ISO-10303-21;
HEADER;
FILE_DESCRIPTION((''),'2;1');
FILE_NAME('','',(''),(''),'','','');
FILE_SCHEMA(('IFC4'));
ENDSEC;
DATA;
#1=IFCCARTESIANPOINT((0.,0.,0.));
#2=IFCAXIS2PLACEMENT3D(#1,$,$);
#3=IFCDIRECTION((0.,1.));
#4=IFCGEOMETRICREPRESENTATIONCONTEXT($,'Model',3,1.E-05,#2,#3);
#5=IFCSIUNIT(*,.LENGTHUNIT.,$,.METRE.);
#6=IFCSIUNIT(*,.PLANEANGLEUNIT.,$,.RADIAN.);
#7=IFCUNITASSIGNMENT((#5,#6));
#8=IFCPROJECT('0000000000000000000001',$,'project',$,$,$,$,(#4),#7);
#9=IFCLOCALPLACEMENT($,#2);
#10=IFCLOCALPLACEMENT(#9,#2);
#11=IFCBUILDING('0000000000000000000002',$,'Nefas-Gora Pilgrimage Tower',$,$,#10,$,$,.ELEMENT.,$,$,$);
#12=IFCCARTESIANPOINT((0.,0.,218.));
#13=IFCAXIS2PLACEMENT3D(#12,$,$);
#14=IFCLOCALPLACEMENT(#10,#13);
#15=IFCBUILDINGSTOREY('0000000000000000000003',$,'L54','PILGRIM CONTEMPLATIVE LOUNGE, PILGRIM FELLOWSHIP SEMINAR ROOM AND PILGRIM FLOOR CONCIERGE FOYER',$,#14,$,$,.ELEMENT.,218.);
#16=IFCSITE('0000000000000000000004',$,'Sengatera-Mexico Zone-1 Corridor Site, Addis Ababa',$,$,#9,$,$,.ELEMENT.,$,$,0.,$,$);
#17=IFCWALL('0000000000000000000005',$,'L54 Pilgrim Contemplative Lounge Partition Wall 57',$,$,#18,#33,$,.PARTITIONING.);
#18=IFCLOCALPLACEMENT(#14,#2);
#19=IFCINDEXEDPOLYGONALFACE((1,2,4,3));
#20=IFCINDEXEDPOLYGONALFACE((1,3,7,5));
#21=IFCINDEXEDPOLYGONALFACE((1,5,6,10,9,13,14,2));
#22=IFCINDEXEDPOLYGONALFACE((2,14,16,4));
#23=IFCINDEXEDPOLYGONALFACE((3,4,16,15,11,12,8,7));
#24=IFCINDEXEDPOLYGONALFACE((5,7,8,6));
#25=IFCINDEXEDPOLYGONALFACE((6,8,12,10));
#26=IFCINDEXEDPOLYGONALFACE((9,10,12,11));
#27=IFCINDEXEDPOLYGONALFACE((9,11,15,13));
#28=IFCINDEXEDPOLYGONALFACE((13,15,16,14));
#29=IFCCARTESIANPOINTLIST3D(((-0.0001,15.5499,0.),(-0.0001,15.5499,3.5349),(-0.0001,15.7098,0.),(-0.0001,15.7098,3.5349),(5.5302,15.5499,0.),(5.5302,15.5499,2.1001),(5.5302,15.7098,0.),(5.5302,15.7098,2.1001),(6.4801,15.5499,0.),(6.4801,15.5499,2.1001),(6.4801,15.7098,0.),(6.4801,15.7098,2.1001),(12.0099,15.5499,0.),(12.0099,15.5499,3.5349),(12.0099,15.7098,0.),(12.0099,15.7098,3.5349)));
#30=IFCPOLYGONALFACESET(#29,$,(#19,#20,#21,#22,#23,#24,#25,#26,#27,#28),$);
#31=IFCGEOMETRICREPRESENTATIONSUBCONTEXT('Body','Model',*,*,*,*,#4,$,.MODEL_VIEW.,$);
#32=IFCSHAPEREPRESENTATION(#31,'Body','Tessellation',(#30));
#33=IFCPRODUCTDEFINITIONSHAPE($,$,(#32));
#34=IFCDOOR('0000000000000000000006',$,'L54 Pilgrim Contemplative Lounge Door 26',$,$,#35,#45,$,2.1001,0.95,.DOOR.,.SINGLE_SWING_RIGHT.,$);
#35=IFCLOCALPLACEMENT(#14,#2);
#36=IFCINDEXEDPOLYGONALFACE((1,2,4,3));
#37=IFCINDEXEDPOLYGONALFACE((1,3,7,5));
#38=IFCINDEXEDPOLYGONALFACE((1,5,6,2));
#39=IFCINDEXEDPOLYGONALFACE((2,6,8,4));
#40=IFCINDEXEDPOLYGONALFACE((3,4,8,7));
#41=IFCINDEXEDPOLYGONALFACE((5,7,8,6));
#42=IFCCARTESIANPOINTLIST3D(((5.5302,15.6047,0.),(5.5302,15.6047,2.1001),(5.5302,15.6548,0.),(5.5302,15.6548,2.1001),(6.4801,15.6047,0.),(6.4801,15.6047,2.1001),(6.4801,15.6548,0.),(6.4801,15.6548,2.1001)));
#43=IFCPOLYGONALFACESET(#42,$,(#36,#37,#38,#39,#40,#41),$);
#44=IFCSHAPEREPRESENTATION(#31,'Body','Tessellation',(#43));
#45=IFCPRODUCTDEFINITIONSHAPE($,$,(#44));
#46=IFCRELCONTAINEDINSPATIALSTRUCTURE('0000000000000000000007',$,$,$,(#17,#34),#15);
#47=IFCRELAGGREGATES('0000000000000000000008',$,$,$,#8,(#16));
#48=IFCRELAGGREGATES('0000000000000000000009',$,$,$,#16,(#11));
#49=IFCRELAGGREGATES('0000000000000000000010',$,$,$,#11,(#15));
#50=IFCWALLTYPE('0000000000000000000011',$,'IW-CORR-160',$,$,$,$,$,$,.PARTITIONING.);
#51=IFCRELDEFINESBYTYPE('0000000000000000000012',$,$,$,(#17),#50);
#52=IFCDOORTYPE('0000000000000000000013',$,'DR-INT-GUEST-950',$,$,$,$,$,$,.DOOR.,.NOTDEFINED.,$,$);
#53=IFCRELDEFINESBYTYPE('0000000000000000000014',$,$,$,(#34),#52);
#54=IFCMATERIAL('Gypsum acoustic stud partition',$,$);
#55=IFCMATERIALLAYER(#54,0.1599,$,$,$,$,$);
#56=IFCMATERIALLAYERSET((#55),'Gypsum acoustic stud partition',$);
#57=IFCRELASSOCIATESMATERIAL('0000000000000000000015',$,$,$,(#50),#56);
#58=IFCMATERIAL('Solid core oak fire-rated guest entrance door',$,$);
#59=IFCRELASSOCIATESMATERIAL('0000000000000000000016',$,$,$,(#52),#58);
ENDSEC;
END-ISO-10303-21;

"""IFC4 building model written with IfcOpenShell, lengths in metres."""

from ifc_helpers import new_model, si_unit, direction, frame, frame_2d, origin, place, context, subcontext, project, spatial, rectangle, extrude, source, transform, mapped, material, layer, layer_set, type_object, element, fill, save


model = new_model("IFC4")

# Units and contexts
model_context = context("Model", 3, precision=1e-05, world=origin(), true_north=direction((0.0, 1.0)))
body_context = subcontext(model_context, "Body", "Model", "MODEL_VIEW")
ifc_project = project(units=[si_unit("LENGTHUNIT", "METRE"), si_unit("PLANEANGLEUNIT", "RADIAN")], contexts=[model_context])

# Site, building, storey
site_placement = place(None, origin())
site = spatial("IfcSite", under=ifc_project, at=site_placement, Name="Sengatera-Mexico Zone-1 Corridor Site, Addis Ababa", CompositionType="ELEMENT", RefElevation=0.0)
building_placement = place(site_placement, origin())
building = spatial("IfcBuilding", under=site, at=building_placement, Name="Nefas-Gora Pilgrimage Tower", CompositionType="ELEMENT")
storey_placement = place(building_placement, frame((0.0, 0.0, 218.0)))
storey = spatial("IfcBuildingStorey", under=building, at=storey_placement, Name="L54", Description="PILGRIM CONTEMPLATIVE LOUNGE, PILGRIM FELLOWSHIP SEMINAR ROOM AND PILGRIM FLOOR CONCIERGE FOYER", CompositionType="ELEMENT", Elevation=218.0)

# Shared definitions
ifc_material_1 = material(Name="Gypsum acoustic stud partition")
ifc_layer_1 = layer(ifc_material_1, 0.1599)
ifc_layer_set_1 = layer_set([ifc_layer_1], Name="Gypsum acoustic stud partition")
wall_type_1 = type_object("IfcWallType", Name="IW-CORR-160", PredefinedType="PARTITIONING", material=ifc_layer_set_1)
ifc_material_2 = material(Name="Solid core oak fire-rated guest entrance door")
door_type_1 = type_object("IfcDoorType", Name="DR-INT-GUEST-950", OperationType="NOTDEFINED", PredefinedType="DOOR", material=ifc_material_2)
shared_shape_1 = source(origin(), body_context, "Body", "SweptSolid", [
    extrude(rectangle(XDim=0.95, YDim=2.1001, at=frame_2d((0.4751, 1.05))), frame((0.0, 0.0249, 0.0), z_axis=(0.0, -1.0, 0.0), x_axis=(1.0, 0.0, 0.0)), (0.0, 0.0, 1.0), 0.05),
])

# Wall, opening, door
shared_shape_2 = source(origin(), body_context, "Body", "SweptSolid", [
    extrude(rectangle(XDim=12.01, YDim=0.1599, at=frame_2d((6.0049, 0.0))), origin(), (0.0, 0.0, 1.0), 3.5349),
])
wall_1_placement = place(storey_placement, frame((0.0, 15.6299, 0.0), z_axis=(0.0, 0.0, 1.0), x_axis=(1.0, 0.0, 0.0)))
wall_1 = element("IfcWall", 1, at=wall_1_placement, inside=storey, type_object=wall_type_1, Name="L54 Pilgrim Contemplative Lounge Partition Wall 57", PredefinedType="PARTITIONING", context=body_context, shape_type="MappedRepresentation", body=[
    mapped(shared_shape_2, transform((0.0, 0.0, 0.0), x_axis=(1.0, 0.0, 0.0), y_axis=(0.0, 1.0, 0.0), z_axis=(0.0, 0.0, 1.0), scale=1.0)),
])
opening_1_placement = place(wall_1_placement, frame((5.53, 0.0, 0.0)))
opening_1 = element("IfcOpeningElement", 2, at=opening_1_placement, cuts=wall_1, PredefinedType="OPENING", context=body_context, shape_type="SweptSolid", body=[
    extrude(rectangle(XDim=0.95, YDim=2.1001, at=frame_2d((0.4751, 1.05))), frame((0.0, 0.0898, 0.0), z_axis=(0.0, -1.0, 0.0), x_axis=(1.0, 0.0, 0.0)), (0.0, 0.0, 1.0), 0.1799),
])
door_1_placement = place(opening_1_placement, origin())
door_1 = element("IfcDoor", 3, at=door_1_placement, inside=storey, type_object=door_type_1, Name="L54 Pilgrim Contemplative Lounge Door 26", OperationType="SINGLE_SWING_RIGHT", OverallHeight=2.1001, OverallWidth=0.95, PredefinedType="DOOR", context=body_context, shape_type="MappedRepresentation", body=[
    mapped(shared_shape_1, transform((0.0, 0.0, 0.0), x_axis=(1.0, 0.0, 0.0), y_axis=(0.0, 1.0, 0.0), z_axis=(0.0, 0.0, 1.0), scale=1.0)),
])
fill(opening_1, door_1)

save(model, "model.ifc")
